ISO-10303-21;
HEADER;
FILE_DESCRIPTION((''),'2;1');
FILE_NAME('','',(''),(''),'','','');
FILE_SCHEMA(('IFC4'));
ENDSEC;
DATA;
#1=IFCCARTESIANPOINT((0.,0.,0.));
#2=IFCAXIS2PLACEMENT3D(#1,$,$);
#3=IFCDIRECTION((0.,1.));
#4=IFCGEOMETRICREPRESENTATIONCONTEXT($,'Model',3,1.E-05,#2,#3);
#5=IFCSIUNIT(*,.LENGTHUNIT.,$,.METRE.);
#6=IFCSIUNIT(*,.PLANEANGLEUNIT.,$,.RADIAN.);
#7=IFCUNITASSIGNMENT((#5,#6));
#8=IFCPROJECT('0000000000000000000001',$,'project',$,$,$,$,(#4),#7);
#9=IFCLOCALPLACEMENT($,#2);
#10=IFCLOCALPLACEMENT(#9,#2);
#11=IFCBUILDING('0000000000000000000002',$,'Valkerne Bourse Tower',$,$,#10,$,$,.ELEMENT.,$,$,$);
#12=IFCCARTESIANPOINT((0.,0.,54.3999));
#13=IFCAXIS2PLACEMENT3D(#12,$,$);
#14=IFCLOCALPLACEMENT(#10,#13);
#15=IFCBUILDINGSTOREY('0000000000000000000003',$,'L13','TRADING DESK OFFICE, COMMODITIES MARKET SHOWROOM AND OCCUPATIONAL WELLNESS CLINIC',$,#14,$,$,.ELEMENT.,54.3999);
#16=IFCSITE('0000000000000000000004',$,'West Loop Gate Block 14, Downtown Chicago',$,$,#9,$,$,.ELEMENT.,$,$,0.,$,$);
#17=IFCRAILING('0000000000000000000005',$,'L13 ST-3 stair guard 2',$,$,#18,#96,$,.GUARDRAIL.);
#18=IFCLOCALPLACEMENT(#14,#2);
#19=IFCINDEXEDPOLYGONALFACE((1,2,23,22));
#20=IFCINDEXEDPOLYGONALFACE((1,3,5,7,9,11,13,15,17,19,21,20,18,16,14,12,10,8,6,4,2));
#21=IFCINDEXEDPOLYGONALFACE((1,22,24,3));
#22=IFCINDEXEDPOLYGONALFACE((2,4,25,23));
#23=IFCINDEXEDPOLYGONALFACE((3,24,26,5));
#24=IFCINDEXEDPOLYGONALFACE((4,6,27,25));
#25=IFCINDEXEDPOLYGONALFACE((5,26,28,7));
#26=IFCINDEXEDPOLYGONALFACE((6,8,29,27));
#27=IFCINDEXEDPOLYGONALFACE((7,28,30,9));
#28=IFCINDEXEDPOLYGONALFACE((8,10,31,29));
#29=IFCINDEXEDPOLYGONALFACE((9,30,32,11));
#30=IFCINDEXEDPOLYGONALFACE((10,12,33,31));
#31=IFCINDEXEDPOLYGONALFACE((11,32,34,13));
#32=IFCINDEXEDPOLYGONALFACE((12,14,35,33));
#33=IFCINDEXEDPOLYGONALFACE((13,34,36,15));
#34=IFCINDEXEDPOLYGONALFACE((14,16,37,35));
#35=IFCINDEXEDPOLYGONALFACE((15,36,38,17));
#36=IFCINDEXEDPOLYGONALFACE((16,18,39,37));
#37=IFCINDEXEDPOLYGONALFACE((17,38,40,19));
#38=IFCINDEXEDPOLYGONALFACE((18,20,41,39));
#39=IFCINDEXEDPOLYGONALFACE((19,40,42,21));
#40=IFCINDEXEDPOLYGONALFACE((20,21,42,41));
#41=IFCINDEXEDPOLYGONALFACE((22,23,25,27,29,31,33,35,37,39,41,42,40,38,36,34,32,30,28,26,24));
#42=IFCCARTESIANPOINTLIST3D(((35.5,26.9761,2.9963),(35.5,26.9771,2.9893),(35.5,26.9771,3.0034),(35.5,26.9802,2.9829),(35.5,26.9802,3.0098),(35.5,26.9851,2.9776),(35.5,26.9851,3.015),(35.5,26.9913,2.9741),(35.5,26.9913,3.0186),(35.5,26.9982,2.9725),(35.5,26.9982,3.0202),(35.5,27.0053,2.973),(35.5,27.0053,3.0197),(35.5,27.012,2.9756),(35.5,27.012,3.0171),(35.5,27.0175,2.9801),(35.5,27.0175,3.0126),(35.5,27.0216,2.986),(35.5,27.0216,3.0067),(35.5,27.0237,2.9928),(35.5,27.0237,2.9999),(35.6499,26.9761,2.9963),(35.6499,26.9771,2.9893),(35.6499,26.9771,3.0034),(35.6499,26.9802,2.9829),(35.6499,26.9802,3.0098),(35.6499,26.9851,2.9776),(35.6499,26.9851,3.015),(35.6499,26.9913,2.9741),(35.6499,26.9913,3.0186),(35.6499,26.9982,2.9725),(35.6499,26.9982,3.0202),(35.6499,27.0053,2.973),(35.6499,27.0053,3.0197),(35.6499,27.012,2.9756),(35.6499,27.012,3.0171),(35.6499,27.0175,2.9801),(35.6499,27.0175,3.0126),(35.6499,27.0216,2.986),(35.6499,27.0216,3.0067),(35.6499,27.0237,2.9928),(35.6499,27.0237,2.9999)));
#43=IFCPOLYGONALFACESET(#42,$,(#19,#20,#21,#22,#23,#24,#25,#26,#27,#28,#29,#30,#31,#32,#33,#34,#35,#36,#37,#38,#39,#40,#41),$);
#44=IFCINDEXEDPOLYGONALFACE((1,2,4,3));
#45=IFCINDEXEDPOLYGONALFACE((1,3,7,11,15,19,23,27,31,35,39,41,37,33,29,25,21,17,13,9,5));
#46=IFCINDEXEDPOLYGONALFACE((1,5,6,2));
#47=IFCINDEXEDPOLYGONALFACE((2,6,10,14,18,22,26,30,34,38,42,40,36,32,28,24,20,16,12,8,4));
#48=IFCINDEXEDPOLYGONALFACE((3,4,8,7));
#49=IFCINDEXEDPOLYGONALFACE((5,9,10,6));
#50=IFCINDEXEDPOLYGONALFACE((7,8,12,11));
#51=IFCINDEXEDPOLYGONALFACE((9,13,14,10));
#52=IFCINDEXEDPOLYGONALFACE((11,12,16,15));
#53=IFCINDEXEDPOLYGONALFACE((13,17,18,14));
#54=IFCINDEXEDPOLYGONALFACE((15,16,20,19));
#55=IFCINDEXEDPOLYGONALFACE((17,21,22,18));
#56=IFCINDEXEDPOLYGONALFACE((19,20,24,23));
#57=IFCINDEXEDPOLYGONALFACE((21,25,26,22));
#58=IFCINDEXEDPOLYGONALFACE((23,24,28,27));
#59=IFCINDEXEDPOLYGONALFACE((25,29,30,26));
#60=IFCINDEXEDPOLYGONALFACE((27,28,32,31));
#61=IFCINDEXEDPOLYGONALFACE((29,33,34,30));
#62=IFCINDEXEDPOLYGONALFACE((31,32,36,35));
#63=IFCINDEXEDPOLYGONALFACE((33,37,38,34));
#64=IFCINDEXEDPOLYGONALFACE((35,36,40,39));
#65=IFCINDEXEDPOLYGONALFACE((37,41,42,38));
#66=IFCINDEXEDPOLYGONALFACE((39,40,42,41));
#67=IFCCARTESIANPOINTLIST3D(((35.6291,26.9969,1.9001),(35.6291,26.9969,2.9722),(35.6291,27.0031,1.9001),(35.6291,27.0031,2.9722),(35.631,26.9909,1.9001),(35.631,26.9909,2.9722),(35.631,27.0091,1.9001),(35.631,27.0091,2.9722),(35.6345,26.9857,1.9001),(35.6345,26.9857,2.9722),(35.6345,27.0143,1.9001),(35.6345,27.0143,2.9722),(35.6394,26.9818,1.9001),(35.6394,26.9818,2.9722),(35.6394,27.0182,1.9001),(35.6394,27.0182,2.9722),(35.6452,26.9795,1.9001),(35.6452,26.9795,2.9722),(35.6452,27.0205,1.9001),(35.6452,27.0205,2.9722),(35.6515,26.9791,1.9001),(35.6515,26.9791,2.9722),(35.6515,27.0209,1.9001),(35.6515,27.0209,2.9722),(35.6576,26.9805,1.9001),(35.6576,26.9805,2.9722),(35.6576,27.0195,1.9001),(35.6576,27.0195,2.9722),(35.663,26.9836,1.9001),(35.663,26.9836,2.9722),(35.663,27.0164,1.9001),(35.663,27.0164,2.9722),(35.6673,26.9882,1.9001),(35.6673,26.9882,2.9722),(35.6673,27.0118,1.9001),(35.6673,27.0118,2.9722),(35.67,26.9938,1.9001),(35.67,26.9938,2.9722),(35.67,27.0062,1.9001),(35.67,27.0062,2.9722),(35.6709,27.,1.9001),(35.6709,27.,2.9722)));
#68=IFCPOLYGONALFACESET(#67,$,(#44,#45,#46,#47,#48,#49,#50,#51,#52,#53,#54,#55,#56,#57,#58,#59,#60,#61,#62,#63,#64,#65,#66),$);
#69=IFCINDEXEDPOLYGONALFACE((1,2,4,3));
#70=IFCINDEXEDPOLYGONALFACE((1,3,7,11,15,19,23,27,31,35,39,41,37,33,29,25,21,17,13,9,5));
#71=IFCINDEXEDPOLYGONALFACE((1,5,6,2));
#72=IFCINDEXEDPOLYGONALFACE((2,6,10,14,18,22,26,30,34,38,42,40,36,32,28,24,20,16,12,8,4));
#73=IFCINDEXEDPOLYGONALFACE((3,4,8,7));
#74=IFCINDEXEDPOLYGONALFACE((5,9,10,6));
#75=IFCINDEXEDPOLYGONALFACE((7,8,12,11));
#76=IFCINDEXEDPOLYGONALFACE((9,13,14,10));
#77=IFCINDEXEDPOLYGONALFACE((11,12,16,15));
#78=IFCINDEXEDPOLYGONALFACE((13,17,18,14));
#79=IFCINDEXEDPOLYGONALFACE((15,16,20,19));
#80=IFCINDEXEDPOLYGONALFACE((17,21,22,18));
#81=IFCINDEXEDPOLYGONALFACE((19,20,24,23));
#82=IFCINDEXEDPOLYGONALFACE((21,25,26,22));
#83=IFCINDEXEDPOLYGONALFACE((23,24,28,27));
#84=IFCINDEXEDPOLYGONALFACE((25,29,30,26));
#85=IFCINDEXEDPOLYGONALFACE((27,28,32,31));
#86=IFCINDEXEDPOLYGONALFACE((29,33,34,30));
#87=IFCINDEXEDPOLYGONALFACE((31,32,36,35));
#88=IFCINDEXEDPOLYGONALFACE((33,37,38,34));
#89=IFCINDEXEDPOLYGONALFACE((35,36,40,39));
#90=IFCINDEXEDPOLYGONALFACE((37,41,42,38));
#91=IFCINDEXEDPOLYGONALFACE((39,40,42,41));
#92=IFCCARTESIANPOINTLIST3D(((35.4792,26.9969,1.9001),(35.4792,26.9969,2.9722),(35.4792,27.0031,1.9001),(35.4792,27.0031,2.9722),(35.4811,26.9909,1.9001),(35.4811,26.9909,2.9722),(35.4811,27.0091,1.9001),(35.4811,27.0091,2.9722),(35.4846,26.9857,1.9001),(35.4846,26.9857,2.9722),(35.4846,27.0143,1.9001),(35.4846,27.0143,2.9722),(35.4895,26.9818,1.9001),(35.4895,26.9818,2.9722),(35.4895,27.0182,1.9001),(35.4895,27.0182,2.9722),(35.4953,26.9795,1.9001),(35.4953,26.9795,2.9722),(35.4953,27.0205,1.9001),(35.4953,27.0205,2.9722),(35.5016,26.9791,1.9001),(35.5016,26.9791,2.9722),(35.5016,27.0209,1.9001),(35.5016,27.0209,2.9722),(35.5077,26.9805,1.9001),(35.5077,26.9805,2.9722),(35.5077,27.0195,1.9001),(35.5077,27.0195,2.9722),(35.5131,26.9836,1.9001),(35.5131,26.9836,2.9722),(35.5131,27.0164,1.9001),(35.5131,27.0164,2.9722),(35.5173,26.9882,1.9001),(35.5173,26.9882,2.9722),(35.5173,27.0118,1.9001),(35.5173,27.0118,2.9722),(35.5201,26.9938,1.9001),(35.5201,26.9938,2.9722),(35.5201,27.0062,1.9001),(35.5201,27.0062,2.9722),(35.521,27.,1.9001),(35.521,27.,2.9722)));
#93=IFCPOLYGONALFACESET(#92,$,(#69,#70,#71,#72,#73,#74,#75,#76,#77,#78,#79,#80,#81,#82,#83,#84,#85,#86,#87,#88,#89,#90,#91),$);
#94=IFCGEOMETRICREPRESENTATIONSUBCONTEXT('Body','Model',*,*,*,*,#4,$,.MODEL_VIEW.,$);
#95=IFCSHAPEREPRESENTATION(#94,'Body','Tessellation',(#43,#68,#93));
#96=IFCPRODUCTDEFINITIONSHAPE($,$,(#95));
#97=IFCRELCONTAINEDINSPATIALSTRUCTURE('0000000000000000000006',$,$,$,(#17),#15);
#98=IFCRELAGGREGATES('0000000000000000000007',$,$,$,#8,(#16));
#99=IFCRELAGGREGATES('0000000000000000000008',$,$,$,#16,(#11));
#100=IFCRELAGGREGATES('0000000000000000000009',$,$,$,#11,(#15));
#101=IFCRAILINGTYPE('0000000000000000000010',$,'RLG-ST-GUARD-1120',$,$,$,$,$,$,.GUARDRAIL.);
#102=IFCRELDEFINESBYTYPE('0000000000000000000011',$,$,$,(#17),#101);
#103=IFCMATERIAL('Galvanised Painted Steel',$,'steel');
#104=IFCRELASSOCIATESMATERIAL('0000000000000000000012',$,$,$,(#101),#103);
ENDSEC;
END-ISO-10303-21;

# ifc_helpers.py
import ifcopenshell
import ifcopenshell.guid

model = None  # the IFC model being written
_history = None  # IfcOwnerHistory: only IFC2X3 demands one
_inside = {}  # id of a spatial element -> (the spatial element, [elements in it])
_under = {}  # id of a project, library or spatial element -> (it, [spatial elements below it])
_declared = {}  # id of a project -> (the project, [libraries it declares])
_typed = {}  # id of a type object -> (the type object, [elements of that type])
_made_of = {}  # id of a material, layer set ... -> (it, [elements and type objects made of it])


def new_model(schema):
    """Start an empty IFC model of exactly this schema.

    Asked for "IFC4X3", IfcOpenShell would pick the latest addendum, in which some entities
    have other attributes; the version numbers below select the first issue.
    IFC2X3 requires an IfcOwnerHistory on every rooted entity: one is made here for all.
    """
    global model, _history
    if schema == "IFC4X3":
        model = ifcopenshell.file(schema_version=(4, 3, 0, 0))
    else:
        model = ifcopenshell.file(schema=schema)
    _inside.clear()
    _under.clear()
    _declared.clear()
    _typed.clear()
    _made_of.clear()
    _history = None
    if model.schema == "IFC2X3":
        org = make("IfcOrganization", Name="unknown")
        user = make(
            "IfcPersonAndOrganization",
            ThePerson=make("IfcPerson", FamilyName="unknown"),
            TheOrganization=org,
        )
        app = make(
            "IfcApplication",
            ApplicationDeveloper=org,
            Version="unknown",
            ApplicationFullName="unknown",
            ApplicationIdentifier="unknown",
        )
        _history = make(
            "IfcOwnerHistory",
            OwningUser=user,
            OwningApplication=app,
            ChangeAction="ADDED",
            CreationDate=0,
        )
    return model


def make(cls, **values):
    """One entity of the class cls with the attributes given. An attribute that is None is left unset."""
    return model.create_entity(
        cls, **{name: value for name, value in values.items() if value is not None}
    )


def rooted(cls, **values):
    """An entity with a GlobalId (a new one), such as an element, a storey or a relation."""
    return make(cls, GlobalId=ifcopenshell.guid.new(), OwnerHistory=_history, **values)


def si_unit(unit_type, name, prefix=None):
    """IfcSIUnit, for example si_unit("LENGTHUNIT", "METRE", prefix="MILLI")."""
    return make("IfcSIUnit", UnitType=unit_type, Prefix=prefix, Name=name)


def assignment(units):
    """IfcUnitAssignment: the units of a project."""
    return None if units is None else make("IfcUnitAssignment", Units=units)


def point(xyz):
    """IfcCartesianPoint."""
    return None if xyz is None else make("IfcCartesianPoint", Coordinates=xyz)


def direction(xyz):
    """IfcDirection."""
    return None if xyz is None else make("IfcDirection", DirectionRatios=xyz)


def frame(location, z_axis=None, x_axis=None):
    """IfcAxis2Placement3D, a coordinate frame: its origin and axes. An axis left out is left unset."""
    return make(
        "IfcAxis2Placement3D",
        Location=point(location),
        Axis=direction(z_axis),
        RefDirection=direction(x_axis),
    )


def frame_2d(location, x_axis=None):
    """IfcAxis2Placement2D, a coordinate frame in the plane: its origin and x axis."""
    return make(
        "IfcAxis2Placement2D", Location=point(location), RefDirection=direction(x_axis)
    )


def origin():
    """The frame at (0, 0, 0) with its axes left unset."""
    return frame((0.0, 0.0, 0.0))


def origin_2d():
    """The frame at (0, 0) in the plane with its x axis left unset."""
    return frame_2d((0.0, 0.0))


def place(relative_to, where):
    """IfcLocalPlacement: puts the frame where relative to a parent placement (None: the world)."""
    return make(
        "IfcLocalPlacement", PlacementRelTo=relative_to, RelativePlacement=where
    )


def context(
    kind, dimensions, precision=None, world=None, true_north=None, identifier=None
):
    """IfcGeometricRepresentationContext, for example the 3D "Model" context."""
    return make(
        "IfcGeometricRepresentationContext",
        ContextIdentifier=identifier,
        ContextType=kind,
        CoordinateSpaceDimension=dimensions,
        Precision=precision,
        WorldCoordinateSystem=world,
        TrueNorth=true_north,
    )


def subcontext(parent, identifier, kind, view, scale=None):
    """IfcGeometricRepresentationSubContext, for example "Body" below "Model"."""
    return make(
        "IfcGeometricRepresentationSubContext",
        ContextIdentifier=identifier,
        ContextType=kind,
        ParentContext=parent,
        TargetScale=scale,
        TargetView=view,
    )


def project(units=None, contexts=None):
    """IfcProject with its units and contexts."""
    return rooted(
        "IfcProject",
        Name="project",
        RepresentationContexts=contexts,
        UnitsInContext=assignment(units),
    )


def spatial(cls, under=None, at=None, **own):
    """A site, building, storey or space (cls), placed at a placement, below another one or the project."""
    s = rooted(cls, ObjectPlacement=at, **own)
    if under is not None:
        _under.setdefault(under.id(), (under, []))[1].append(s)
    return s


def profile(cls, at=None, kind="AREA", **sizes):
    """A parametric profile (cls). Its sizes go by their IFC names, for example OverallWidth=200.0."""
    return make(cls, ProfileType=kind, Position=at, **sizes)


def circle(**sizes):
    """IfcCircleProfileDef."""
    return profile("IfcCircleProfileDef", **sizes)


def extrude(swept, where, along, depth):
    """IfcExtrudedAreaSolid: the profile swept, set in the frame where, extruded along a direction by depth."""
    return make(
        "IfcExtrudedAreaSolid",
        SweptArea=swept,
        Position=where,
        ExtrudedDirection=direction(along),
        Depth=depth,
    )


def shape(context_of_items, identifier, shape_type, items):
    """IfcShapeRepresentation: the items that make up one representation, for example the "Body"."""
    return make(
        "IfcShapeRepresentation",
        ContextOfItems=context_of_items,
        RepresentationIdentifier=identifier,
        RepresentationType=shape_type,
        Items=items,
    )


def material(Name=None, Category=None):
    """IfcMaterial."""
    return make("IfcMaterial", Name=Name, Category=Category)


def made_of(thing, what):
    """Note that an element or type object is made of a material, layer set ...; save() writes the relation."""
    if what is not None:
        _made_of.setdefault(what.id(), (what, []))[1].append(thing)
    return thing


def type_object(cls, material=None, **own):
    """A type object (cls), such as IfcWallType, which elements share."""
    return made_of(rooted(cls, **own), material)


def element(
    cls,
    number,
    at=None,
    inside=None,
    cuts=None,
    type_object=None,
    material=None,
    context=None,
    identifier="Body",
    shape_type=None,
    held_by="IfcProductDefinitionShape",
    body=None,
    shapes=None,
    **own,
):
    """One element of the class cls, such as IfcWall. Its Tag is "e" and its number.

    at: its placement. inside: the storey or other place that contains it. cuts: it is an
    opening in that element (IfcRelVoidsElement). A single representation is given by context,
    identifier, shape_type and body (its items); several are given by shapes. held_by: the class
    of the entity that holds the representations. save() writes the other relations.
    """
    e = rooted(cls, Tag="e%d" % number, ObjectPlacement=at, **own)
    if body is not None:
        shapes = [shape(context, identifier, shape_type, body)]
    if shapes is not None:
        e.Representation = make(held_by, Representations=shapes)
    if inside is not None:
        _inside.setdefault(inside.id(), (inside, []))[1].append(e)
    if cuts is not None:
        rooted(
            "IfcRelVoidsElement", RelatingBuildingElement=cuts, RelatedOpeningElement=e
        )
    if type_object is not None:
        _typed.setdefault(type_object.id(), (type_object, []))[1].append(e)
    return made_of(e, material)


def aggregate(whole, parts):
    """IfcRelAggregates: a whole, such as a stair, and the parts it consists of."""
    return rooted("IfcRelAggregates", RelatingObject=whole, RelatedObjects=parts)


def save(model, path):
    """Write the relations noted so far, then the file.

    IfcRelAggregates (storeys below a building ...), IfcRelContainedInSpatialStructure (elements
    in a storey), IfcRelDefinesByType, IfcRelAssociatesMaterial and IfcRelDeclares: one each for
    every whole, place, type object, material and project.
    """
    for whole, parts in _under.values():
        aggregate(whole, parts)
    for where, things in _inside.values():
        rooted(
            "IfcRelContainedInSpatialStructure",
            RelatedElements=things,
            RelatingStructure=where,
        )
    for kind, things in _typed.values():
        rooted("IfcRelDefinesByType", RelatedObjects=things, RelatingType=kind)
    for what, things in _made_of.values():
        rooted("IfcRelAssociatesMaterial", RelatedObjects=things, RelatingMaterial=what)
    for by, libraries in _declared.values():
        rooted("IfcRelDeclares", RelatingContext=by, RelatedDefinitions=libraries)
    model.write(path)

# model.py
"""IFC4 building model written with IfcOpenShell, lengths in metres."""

from ifc_helpers import new_model, si_unit, direction, frame, origin, origin_2d, place, context, subcontext, project, spatial, circle, extrude, material, type_object, element, save


model = new_model("IFC4")

# Units and contexts
model_context = context("Model", 3, precision=1e-05, world=origin(), true_north=direction((0.0, 1.0)))
body_context = subcontext(model_context, "Body", "Model", "MODEL_VIEW")
ifc_project = project(units=[si_unit("LENGTHUNIT", "METRE"), si_unit("PLANEANGLEUNIT", "RADIAN")], contexts=[model_context])

# Site, building, storey
site_placement = place(None, origin())
site = spatial("IfcSite", under=ifc_project, at=site_placement, Name="West Loop Gate Block 14, Downtown Chicago", CompositionType="ELEMENT", RefElevation=0.0)
building_placement = place(site_placement, origin())
building = spatial("IfcBuilding", under=site, at=building_placement, Name="Valkerne Bourse Tower", CompositionType="ELEMENT")
storey_placement = place(building_placement, frame((0.0, 0.0, 54.3999)))
storey = spatial("IfcBuildingStorey", under=building, at=storey_placement, Name="L13", Description="TRADING DESK OFFICE, COMMODITIES MARKET SHOWROOM AND OCCUPATIONAL WELLNESS CLINIC", CompositionType="ELEMENT", Elevation=54.3999)

# Shared definitions
ifc_material_1 = material(Name="Galvanised Painted Steel", Category="steel")

# Railing
railing_type_1 = type_object("IfcRailingType", Name="RLG-ST-GUARD-1120", PredefinedType="GUARDRAIL", material=ifc_material_1)
railing_1_placement = place(storey_placement, frame((35.6499, 27.0, 1.9001)))
element("IfcRailing", 1, at=railing_1_placement, inside=storey, type_object=railing_type_1, Name="L13 ST-3 stair guard 2", PredefinedType="GUARDRAIL", context=body_context, shape_type="SweptSolid", body=[
    extrude(circle(Radius=0.0239, at=origin_2d()), frame((0.0, 0.0, 1.0962), z_axis=(-1.0, 0.0, 0.0), x_axis=(0.0, -1.0, 0.0)), (0.0, 0.0, 1.0), 0.1499),
    extrude(circle(Radius=0.021, at=origin_2d()), origin(), (0.0, 0.0, 1.0), 1.072),
    extrude(circle(Radius=0.021, at=origin_2d()), frame((-0.1499, 0.0, 0.0)), (0.0, 0.0, 1.0), 1.072),
])

save(model, "model.ifc")
